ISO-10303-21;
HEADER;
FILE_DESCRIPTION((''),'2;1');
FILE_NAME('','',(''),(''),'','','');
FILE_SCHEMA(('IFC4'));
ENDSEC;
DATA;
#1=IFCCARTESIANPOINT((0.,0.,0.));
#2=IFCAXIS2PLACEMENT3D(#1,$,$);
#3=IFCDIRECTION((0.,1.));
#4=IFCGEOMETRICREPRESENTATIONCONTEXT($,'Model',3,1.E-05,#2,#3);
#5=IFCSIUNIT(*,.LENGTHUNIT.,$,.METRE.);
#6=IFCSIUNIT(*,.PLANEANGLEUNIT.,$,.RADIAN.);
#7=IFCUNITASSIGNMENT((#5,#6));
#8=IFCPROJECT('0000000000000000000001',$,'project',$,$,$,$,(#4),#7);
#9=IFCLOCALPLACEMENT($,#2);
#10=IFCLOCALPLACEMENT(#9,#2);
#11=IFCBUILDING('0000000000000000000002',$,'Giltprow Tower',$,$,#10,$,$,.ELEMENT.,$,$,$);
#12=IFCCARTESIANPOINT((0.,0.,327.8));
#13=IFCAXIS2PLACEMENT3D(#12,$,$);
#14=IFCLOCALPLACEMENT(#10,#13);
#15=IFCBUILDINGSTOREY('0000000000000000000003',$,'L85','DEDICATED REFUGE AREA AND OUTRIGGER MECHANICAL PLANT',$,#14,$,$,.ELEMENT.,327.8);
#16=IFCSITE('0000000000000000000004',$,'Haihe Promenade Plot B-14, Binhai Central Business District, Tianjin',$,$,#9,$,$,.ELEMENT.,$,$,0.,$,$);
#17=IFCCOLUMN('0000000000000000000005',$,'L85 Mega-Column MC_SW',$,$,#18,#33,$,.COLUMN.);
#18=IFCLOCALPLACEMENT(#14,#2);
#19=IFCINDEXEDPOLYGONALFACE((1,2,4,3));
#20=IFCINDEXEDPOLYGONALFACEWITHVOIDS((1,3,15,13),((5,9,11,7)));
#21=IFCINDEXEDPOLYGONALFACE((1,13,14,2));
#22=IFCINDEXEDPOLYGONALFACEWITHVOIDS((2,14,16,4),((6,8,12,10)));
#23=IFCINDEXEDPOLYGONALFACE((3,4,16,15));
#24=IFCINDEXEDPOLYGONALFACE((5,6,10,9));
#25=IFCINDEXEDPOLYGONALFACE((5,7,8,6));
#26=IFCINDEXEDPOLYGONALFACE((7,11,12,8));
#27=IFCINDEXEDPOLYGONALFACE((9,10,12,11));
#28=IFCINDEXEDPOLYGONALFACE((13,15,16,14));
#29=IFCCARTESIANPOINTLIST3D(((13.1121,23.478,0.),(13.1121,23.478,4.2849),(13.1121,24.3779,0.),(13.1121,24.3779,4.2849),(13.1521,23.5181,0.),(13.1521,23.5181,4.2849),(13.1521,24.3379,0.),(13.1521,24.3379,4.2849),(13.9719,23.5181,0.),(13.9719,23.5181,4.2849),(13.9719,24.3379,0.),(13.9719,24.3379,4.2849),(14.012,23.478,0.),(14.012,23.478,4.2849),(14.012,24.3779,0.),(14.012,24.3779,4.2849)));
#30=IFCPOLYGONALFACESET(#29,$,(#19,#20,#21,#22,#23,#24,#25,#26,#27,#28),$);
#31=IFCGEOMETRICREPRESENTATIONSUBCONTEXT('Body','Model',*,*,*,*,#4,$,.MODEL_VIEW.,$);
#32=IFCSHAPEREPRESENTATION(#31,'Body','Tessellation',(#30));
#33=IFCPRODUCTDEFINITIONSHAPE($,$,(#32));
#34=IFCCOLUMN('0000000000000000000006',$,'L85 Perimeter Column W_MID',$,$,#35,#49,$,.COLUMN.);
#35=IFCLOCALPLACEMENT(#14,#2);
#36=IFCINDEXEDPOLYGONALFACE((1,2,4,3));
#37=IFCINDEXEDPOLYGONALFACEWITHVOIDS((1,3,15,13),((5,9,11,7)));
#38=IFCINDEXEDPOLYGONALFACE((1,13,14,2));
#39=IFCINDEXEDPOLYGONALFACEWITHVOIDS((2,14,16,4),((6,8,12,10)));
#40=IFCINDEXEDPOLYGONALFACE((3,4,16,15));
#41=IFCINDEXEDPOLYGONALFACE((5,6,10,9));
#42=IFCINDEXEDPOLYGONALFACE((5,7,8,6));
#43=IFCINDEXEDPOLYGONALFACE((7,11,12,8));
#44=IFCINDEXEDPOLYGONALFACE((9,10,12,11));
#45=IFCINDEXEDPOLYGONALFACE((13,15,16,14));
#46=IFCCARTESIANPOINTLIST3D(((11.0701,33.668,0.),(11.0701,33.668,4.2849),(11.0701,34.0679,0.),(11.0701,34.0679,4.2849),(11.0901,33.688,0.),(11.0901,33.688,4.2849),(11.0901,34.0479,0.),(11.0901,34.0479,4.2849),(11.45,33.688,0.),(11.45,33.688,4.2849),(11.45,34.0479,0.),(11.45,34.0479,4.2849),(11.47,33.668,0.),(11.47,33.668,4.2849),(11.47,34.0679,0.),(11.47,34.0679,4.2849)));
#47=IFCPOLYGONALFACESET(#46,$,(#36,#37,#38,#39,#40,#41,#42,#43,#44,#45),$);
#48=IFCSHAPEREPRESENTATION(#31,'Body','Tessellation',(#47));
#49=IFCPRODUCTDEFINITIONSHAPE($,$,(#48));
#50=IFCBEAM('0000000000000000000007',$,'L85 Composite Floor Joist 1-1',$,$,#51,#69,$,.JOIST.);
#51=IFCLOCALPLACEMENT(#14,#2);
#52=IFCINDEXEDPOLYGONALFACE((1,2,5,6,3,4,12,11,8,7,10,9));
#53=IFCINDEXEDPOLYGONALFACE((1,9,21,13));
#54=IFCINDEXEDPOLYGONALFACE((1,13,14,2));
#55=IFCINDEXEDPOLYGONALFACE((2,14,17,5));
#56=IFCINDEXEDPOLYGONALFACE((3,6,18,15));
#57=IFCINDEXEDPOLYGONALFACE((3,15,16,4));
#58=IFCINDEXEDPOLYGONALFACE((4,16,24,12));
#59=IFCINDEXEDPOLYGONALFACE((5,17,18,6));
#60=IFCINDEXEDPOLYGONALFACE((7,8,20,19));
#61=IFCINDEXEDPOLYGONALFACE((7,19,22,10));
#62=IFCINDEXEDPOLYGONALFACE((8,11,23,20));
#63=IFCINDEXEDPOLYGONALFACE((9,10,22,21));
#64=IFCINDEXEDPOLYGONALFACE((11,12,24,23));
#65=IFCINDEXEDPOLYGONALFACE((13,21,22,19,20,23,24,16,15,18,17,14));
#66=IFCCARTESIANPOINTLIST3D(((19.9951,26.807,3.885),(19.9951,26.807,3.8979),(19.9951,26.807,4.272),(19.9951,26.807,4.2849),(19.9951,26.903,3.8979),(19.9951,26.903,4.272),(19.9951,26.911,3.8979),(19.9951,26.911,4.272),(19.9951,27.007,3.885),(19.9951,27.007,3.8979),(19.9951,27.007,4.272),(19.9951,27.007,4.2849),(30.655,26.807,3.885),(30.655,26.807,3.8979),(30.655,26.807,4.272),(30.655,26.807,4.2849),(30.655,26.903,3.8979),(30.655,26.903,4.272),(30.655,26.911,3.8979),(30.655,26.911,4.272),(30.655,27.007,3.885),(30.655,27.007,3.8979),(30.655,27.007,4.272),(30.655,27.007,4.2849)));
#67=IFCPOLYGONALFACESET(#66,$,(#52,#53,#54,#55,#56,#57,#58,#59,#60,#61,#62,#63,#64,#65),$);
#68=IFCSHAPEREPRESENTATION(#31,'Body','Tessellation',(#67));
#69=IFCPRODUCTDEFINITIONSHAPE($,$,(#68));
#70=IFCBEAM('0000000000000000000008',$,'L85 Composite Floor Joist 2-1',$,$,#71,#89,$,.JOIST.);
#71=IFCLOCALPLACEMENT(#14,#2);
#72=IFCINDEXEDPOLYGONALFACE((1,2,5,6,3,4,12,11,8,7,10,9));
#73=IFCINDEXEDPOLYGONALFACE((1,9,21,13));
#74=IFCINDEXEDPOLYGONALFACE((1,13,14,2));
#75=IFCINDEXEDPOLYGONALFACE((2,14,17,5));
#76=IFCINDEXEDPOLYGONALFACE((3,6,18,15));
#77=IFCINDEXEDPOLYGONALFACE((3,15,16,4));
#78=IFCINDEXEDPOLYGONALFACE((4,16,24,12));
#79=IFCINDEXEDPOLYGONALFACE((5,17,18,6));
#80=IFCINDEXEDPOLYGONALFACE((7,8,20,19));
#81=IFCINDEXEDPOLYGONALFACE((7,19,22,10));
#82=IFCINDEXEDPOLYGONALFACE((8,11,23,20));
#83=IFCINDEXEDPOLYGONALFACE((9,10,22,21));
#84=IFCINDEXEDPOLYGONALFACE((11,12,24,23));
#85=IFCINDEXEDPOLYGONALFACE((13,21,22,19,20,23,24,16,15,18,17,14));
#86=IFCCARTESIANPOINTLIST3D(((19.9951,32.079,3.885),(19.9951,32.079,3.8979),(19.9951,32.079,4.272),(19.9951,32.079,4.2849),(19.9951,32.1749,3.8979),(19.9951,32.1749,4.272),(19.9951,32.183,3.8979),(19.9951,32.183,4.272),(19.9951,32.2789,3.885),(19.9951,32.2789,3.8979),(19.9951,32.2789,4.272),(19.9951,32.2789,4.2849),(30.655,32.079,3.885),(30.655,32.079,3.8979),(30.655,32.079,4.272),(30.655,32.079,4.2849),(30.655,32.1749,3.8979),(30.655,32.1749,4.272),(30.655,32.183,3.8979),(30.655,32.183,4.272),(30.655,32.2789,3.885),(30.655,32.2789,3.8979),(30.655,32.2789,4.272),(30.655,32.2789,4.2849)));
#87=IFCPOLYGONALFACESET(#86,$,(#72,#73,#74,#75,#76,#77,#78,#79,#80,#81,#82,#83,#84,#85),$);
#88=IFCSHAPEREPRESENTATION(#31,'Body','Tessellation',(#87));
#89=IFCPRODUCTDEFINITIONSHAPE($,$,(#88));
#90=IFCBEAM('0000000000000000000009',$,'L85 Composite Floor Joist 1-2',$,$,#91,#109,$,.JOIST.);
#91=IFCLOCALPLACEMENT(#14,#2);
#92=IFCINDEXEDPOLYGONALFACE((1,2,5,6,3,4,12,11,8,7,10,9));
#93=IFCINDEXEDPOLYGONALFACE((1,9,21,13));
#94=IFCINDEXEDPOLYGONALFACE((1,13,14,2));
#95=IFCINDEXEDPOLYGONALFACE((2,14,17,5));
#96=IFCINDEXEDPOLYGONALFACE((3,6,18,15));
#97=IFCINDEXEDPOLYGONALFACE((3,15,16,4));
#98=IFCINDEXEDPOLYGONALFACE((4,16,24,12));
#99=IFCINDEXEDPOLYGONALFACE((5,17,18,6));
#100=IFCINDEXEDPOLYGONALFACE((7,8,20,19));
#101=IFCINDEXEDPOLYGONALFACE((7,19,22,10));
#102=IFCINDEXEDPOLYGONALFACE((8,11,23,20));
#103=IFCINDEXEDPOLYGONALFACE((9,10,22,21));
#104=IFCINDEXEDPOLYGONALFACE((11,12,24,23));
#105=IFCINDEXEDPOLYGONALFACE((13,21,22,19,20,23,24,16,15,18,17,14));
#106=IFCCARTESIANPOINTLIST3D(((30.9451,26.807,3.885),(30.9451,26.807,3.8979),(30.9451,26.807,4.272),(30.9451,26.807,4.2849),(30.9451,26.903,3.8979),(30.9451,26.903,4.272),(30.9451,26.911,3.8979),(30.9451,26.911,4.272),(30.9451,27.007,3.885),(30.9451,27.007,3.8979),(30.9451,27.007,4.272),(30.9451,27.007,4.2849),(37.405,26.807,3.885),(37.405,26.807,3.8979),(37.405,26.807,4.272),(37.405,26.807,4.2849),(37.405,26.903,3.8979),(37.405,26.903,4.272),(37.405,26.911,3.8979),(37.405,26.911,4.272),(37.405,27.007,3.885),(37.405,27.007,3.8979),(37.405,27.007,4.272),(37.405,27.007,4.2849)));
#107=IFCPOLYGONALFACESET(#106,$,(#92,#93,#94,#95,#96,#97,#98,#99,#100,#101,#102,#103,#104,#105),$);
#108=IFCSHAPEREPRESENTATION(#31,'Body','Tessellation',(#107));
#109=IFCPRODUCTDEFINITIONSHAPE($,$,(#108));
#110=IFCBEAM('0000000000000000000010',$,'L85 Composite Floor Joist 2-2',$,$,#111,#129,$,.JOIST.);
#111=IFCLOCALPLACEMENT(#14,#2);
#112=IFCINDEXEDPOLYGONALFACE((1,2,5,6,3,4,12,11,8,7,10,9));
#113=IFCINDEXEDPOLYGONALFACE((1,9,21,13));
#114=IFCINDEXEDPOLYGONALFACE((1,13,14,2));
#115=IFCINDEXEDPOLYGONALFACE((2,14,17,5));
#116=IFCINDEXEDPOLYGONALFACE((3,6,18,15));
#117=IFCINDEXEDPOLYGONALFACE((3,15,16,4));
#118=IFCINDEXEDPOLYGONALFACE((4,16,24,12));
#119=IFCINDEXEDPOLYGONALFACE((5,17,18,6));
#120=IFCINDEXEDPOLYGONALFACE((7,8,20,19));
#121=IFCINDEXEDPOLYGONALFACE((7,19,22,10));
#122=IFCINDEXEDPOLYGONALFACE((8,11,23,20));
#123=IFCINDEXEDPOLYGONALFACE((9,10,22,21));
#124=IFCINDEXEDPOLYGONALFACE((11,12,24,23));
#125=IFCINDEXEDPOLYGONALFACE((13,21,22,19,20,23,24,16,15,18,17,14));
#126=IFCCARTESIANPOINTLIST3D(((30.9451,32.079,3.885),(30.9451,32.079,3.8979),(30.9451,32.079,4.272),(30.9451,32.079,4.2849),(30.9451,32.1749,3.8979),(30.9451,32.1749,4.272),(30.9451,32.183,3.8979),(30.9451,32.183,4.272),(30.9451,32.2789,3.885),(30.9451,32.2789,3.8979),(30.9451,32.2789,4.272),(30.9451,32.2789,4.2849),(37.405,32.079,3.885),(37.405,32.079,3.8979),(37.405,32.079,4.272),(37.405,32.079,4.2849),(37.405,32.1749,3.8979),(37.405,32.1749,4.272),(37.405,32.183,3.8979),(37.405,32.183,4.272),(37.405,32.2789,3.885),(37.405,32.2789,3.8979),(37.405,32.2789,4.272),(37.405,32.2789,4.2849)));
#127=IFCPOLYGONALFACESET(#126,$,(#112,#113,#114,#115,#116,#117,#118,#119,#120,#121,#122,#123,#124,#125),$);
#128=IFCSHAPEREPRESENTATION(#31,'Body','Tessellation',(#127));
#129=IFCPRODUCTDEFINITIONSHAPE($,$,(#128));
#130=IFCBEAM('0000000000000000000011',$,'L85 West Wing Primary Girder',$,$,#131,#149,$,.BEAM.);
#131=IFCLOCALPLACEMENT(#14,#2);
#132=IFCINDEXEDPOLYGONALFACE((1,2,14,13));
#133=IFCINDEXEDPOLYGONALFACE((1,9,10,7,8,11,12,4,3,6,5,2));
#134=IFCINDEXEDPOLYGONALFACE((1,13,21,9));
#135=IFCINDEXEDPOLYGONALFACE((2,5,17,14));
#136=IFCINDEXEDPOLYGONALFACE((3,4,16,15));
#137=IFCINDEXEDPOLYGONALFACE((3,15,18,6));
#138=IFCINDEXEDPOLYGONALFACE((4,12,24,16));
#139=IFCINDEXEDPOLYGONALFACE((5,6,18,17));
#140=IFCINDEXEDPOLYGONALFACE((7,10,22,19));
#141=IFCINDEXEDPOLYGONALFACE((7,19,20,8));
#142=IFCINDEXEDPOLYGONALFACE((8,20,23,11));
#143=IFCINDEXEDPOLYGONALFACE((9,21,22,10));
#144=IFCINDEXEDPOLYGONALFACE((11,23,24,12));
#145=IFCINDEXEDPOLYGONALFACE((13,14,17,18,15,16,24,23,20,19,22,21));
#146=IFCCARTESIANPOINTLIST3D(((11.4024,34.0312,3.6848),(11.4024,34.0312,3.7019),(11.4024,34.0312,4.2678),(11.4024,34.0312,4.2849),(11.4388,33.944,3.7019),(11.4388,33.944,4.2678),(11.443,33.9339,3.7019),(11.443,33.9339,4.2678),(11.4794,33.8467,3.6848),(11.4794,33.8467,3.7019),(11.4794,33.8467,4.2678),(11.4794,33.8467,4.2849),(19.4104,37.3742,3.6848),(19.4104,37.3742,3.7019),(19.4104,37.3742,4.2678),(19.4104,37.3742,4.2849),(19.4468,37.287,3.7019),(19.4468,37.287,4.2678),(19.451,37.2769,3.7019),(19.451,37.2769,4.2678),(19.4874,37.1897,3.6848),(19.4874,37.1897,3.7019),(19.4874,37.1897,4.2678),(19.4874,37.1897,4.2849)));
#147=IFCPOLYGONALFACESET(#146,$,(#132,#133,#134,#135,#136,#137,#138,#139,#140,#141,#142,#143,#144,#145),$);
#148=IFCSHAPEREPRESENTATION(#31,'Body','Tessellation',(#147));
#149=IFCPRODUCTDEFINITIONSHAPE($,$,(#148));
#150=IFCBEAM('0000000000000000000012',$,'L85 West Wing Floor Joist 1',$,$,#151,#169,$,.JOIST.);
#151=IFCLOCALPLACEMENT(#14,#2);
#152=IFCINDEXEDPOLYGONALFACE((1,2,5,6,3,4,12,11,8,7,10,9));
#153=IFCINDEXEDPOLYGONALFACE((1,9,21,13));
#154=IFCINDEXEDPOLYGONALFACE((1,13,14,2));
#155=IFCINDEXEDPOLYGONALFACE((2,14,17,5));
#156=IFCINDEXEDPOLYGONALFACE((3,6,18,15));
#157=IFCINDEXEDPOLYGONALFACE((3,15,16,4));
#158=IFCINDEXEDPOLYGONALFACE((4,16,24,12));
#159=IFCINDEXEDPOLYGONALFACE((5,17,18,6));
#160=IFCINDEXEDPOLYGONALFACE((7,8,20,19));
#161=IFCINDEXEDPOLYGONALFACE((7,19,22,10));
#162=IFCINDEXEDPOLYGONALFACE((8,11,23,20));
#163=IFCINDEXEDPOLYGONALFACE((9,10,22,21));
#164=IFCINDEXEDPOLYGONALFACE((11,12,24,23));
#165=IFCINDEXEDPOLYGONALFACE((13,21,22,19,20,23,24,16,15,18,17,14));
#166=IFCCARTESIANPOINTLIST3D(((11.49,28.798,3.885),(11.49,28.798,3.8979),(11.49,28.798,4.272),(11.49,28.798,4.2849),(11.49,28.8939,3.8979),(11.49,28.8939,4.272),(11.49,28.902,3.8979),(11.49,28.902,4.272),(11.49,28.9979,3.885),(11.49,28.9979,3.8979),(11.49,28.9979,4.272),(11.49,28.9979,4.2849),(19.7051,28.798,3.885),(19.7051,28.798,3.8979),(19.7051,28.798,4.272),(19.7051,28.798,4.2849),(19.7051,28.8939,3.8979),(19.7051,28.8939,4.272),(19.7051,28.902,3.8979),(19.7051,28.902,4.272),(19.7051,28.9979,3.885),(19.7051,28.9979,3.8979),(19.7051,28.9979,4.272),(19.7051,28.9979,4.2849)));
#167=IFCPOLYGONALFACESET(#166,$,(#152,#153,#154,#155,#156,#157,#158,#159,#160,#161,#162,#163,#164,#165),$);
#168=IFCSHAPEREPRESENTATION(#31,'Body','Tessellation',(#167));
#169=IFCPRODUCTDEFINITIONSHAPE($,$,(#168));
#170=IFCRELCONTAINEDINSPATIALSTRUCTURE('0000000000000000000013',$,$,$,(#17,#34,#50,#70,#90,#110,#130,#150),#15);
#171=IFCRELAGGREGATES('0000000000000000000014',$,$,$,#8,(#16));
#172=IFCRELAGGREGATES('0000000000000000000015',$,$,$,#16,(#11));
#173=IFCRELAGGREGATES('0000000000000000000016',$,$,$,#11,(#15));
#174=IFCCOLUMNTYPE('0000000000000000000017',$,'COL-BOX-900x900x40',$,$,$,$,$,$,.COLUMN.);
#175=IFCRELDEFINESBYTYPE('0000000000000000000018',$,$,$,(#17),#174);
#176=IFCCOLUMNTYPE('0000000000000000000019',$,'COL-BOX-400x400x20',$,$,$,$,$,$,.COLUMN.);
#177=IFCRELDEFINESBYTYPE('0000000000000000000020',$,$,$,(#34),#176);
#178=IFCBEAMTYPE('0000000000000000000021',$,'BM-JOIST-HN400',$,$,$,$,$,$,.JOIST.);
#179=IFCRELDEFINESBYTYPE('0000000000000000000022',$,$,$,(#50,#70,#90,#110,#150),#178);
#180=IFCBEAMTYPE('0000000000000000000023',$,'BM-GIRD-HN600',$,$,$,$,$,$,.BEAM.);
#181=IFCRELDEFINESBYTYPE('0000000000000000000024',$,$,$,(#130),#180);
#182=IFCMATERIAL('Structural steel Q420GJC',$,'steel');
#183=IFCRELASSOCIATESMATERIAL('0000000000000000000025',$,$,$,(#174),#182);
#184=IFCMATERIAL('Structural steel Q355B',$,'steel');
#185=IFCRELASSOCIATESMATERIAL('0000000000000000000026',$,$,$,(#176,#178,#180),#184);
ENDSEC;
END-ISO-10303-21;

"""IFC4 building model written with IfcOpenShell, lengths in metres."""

from ifc_helpers import new_model, si_unit, direction, frame, origin, origin_2d, place, context, subcontext, project, spatial, hollow_rectangle, i_section, extrude, source, transform, mapped, material, material_profile, profile_set, type_object, element, save


model = new_model("IFC4")

# Units and contexts
model_context = context("Model", 3, precision=1e-05, world=origin(), true_north=direction((0.0, 1.0)))
body_context = subcontext(model_context, "Body", "Model", "MODEL_VIEW")
ifc_project = project(units=[si_unit("LENGTHUNIT", "METRE"), si_unit("PLANEANGLEUNIT", "RADIAN")], contexts=[model_context])

# Site, building, storey
site_placement = place(None, origin())
site = spatial("IfcSite", under=ifc_project, at=site_placement, Name="Haihe Promenade Plot B-14, Binhai Central Business District, Tianjin", CompositionType="ELEMENT", RefElevation=0.0)
building_placement = place(site_placement, origin())
building = spatial("IfcBuilding", under=site, at=building_placement, Name="Giltprow Tower", CompositionType="ELEMENT")
storey_placement = place(building_placement, frame((0.0, 0.0, 327.8)))
storey = spatial("IfcBuildingStorey", under=building, at=storey_placement, Name="L85", Description="DEDICATED REFUGE AREA AND OUTRIGGER MECHANICAL PLANT", CompositionType="ELEMENT", Elevation=327.8)

# Columns
ifc_material_1 = material(Name="Structural steel Q420GJC", Category="steel")
ifc_material_profile_1 = material_profile(ifc_material_1, hollow_rectangle(XDim=0.8999, YDim=0.8999, WallThickness=0.04, at=origin_2d()), Name="BOX 900x900x40")
ifc_profile_set_1 = profile_set([ifc_material_profile_1], Name="Structural steel Q420GJC")
column_type_1 = type_object("IfcColumnType", Name="COL-BOX-900x900x40", PredefinedType="COLUMN", material=ifc_profile_set_1)
shared_shape_1 = source(origin(), body_context, "Body", "SweptSolid", [
    extrude(hollow_rectangle(XDim=0.8999, YDim=0.8999, WallThickness=0.04, at=origin_2d()), origin(), (0.0, 0.0, 1.0), 4.2849),
])
column_1_placement = place(storey_placement, frame((13.562, 23.928, 0.0), z_axis=(0.0, 0.0, 1.0), x_axis=(1.0, 0.0, 0.0)))
element("IfcColumn", 1, at=column_1_placement, inside=storey, type_object=column_type_1, Name="L85 Mega-Column MC_SW", PredefinedType="COLUMN", context=body_context, shape_type="MappedRepresentation", body=[
    mapped(shared_shape_1, transform((0.0, 0.0, 0.0), x_axis=(1.0, 0.0, 0.0), y_axis=(0.0, 1.0, 0.0), z_axis=(0.0, 0.0, 1.0), scale=1.0)),
])
ifc_material_2 = material(Name="Structural steel Q355B", Category="steel")
ifc_material_profile_2 = material_profile(ifc_material_2, hollow_rectangle(XDim=0.3999, YDim=0.3999, WallThickness=0.02, at=origin_2d()), Name="BOX 400x400x20")
ifc_profile_set_2 = profile_set([ifc_material_profile_2], Name="Structural steel Q355B")
column_type_2 = type_object("IfcColumnType", Name="COL-BOX-400x400x20", PredefinedType="COLUMN", material=ifc_profile_set_2)
shared_shape_2 = source(origin(), body_context, "Body", "SweptSolid", [
    extrude(hollow_rectangle(XDim=0.3999, YDim=0.3999, WallThickness=0.02, at=origin_2d()), origin(), (0.0, 0.0, 1.0), 4.2849),
])
column_2_placement = place(storey_placement, frame((11.27, 33.8679, 0.0), z_axis=(0.0, 0.0, 1.0), x_axis=(1.0, 0.0, 0.0)))
element("IfcColumn", 2, at=column_2_placement, inside=storey, type_object=column_type_2, Name="L85 Perimeter Column W_MID", PredefinedType="COLUMN", context=body_context, shape_type="MappedRepresentation", body=[
    mapped(shared_shape_2, transform((0.0, 0.0, 0.0), x_axis=(1.0, 0.0, 0.0), y_axis=(0.0, 1.0, 0.0), z_axis=(0.0, 0.0, 1.0), scale=1.0)),
])

# Beams
ifc_material_profile_3 = material_profile(ifc_material_2, i_section(OverallWidth=0.2, OverallDepth=0.3999, WebThickness=0.0081, FlangeThickness=0.0129, at=origin_2d()), Name="HN 400x200x8x13")
ifc_profile_set_3 = profile_set([ifc_material_profile_3], Name="Structural steel Q355B")
beam_type_1 = type_object("IfcBeamType", Name="BM-JOIST-HN400", PredefinedType="JOIST", material=ifc_profile_set_3)
shared_shape_3 = source(origin(), body_context, "Body", "SweptSolid", [
    extrude(i_section(OverallWidth=0.2, OverallDepth=0.3999, WebThickness=0.0081, FlangeThickness=0.0129, at=origin_2d()), origin(), (0.0, 0.0, 1.0), 10.6599),
])
for number, where, z_axis, x_axis, name in (
    (3, (19.9951, 26.907, 4.085), (1.0, 0.0, 0.0), (0.0, 1.0, 0.0), "L85 Composite Floor Joist 1-1"),
    (4, (19.9951, 32.179, 4.085), (1.0, 0.0, 0.0), (0.0, 1.0, 0.0), "L85 Composite Floor Joist 2-1"),
):
    element("IfcBeam", number, at=place(storey_placement, frame(where, z_axis=z_axis, x_axis=x_axis)), inside=storey, type_object=beam_type_1, Name=name, PredefinedType="JOIST", context=body_context, shape_type="MappedRepresentation", body=[
        mapped(shared_shape_3, transform((0.0, 0.0, 0.0), x_axis=(1.0, 0.0, 0.0), y_axis=(0.0, 1.0, 0.0), z_axis=(0.0, 0.0, 1.0), scale=1.0)),
    ])
shared_shape_4 = source(origin(), body_context, "Body", "SweptSolid", [
    extrude(i_section(OverallWidth=0.2, OverallDepth=0.3999, WebThickness=0.0081, FlangeThickness=0.0129, at=origin_2d()), origin(), (0.0, 0.0, 1.0), 6.46),
])
for number, where, z_axis, x_axis, name in (
    (5, (30.9451, 26.907, 4.085), (1.0, 0.0, 0.0), (0.0, 1.0, 0.0), "L85 Composite Floor Joist 1-2"),
    (6, (30.9451, 32.179, 4.085), (1.0, 0.0, 0.0), (0.0, 1.0, 0.0), "L85 Composite Floor Joist 2-2"),
):
    element("IfcBeam", number, at=place(storey_placement, frame(where, z_axis=z_axis, x_axis=x_axis)), inside=storey, type_object=beam_type_1, Name=name, PredefinedType="JOIST", context=body_context, shape_type="MappedRepresentation", body=[
        mapped(shared_shape_4, transform((0.0, 0.0, 0.0), x_axis=(1.0, 0.0, 0.0), y_axis=(0.0, 1.0, 0.0), z_axis=(0.0, 0.0, 1.0), scale=1.0)),
    ])
ifc_material_profile_4 = material_profile(ifc_material_2, i_section(OverallWidth=0.2, OverallDepth=0.6001, WebThickness=0.011, FlangeThickness=0.0171, at=origin_2d()), Name="HN 600x200x11x17")
ifc_profile_set_4 = profile_set([ifc_material_profile_4], Name="Structural steel Q355B")
beam_type_2 = type_object("IfcBeamType", Name="BM-GIRD-HN600", PredefinedType="BEAM", material=ifc_profile_set_4)
shared_shape_5 = source(origin(), body_context, "Body", "SweptSolid", [
    extrude(i_section(OverallWidth=0.2, OverallDepth=0.6001, WebThickness=0.011, FlangeThickness=0.0171, at=origin_2d()), origin(), (0.0, 0.0, 1.0), 8.6777),
])
beam_1_placement = place(storey_placement, frame((11.4409, 33.939, 3.9849), z_axis=(0.922818, 0.385237, 0.0), x_axis=(-0.385237, 0.922818, 0.0)))
element("IfcBeam", 7, at=beam_1_placement, inside=storey, type_object=beam_type_2, Name="L85 West Wing Primary Girder", PredefinedType="BEAM", context=body_context, shape_type="MappedRepresentation", body=[
    mapped(shared_shape_5, transform((0.0, 0.0, 0.0), x_axis=(1.0, 0.0, 0.0), y_axis=(0.0, 1.0, 0.0), z_axis=(0.0, 0.0, 1.0), scale=1.0)),
])
shared_shape_6 = source(origin(), body_context, "Body", "SweptSolid", [
    extrude(i_section(OverallWidth=0.2, OverallDepth=0.3999, WebThickness=0.0081, FlangeThickness=0.0129, at=origin_2d()), origin(), (0.0, 0.0, 1.0), 8.2151),
])
beam_2_placement = place(storey_placement, frame((11.49, 28.8979, 4.085), z_axis=(1.0, 0.0, 0.0), x_axis=(0.0, 1.0, 0.0)))
element("IfcBeam", 8, at=beam_2_placement, inside=storey, type_object=beam_type_1, Name="L85 West Wing Floor Joist 1", PredefinedType="JOIST", context=body_context, shape_type="MappedRepresentation", body=[
    mapped(shared_shape_6, transform((0.0, 0.0, 0.0), x_axis=(1.0, 0.0, 0.0), y_axis=(0.0, 1.0, 0.0), z_axis=(0.0, 0.0, 1.0), scale=1.0)),
])

save(model, "model.ifc")
